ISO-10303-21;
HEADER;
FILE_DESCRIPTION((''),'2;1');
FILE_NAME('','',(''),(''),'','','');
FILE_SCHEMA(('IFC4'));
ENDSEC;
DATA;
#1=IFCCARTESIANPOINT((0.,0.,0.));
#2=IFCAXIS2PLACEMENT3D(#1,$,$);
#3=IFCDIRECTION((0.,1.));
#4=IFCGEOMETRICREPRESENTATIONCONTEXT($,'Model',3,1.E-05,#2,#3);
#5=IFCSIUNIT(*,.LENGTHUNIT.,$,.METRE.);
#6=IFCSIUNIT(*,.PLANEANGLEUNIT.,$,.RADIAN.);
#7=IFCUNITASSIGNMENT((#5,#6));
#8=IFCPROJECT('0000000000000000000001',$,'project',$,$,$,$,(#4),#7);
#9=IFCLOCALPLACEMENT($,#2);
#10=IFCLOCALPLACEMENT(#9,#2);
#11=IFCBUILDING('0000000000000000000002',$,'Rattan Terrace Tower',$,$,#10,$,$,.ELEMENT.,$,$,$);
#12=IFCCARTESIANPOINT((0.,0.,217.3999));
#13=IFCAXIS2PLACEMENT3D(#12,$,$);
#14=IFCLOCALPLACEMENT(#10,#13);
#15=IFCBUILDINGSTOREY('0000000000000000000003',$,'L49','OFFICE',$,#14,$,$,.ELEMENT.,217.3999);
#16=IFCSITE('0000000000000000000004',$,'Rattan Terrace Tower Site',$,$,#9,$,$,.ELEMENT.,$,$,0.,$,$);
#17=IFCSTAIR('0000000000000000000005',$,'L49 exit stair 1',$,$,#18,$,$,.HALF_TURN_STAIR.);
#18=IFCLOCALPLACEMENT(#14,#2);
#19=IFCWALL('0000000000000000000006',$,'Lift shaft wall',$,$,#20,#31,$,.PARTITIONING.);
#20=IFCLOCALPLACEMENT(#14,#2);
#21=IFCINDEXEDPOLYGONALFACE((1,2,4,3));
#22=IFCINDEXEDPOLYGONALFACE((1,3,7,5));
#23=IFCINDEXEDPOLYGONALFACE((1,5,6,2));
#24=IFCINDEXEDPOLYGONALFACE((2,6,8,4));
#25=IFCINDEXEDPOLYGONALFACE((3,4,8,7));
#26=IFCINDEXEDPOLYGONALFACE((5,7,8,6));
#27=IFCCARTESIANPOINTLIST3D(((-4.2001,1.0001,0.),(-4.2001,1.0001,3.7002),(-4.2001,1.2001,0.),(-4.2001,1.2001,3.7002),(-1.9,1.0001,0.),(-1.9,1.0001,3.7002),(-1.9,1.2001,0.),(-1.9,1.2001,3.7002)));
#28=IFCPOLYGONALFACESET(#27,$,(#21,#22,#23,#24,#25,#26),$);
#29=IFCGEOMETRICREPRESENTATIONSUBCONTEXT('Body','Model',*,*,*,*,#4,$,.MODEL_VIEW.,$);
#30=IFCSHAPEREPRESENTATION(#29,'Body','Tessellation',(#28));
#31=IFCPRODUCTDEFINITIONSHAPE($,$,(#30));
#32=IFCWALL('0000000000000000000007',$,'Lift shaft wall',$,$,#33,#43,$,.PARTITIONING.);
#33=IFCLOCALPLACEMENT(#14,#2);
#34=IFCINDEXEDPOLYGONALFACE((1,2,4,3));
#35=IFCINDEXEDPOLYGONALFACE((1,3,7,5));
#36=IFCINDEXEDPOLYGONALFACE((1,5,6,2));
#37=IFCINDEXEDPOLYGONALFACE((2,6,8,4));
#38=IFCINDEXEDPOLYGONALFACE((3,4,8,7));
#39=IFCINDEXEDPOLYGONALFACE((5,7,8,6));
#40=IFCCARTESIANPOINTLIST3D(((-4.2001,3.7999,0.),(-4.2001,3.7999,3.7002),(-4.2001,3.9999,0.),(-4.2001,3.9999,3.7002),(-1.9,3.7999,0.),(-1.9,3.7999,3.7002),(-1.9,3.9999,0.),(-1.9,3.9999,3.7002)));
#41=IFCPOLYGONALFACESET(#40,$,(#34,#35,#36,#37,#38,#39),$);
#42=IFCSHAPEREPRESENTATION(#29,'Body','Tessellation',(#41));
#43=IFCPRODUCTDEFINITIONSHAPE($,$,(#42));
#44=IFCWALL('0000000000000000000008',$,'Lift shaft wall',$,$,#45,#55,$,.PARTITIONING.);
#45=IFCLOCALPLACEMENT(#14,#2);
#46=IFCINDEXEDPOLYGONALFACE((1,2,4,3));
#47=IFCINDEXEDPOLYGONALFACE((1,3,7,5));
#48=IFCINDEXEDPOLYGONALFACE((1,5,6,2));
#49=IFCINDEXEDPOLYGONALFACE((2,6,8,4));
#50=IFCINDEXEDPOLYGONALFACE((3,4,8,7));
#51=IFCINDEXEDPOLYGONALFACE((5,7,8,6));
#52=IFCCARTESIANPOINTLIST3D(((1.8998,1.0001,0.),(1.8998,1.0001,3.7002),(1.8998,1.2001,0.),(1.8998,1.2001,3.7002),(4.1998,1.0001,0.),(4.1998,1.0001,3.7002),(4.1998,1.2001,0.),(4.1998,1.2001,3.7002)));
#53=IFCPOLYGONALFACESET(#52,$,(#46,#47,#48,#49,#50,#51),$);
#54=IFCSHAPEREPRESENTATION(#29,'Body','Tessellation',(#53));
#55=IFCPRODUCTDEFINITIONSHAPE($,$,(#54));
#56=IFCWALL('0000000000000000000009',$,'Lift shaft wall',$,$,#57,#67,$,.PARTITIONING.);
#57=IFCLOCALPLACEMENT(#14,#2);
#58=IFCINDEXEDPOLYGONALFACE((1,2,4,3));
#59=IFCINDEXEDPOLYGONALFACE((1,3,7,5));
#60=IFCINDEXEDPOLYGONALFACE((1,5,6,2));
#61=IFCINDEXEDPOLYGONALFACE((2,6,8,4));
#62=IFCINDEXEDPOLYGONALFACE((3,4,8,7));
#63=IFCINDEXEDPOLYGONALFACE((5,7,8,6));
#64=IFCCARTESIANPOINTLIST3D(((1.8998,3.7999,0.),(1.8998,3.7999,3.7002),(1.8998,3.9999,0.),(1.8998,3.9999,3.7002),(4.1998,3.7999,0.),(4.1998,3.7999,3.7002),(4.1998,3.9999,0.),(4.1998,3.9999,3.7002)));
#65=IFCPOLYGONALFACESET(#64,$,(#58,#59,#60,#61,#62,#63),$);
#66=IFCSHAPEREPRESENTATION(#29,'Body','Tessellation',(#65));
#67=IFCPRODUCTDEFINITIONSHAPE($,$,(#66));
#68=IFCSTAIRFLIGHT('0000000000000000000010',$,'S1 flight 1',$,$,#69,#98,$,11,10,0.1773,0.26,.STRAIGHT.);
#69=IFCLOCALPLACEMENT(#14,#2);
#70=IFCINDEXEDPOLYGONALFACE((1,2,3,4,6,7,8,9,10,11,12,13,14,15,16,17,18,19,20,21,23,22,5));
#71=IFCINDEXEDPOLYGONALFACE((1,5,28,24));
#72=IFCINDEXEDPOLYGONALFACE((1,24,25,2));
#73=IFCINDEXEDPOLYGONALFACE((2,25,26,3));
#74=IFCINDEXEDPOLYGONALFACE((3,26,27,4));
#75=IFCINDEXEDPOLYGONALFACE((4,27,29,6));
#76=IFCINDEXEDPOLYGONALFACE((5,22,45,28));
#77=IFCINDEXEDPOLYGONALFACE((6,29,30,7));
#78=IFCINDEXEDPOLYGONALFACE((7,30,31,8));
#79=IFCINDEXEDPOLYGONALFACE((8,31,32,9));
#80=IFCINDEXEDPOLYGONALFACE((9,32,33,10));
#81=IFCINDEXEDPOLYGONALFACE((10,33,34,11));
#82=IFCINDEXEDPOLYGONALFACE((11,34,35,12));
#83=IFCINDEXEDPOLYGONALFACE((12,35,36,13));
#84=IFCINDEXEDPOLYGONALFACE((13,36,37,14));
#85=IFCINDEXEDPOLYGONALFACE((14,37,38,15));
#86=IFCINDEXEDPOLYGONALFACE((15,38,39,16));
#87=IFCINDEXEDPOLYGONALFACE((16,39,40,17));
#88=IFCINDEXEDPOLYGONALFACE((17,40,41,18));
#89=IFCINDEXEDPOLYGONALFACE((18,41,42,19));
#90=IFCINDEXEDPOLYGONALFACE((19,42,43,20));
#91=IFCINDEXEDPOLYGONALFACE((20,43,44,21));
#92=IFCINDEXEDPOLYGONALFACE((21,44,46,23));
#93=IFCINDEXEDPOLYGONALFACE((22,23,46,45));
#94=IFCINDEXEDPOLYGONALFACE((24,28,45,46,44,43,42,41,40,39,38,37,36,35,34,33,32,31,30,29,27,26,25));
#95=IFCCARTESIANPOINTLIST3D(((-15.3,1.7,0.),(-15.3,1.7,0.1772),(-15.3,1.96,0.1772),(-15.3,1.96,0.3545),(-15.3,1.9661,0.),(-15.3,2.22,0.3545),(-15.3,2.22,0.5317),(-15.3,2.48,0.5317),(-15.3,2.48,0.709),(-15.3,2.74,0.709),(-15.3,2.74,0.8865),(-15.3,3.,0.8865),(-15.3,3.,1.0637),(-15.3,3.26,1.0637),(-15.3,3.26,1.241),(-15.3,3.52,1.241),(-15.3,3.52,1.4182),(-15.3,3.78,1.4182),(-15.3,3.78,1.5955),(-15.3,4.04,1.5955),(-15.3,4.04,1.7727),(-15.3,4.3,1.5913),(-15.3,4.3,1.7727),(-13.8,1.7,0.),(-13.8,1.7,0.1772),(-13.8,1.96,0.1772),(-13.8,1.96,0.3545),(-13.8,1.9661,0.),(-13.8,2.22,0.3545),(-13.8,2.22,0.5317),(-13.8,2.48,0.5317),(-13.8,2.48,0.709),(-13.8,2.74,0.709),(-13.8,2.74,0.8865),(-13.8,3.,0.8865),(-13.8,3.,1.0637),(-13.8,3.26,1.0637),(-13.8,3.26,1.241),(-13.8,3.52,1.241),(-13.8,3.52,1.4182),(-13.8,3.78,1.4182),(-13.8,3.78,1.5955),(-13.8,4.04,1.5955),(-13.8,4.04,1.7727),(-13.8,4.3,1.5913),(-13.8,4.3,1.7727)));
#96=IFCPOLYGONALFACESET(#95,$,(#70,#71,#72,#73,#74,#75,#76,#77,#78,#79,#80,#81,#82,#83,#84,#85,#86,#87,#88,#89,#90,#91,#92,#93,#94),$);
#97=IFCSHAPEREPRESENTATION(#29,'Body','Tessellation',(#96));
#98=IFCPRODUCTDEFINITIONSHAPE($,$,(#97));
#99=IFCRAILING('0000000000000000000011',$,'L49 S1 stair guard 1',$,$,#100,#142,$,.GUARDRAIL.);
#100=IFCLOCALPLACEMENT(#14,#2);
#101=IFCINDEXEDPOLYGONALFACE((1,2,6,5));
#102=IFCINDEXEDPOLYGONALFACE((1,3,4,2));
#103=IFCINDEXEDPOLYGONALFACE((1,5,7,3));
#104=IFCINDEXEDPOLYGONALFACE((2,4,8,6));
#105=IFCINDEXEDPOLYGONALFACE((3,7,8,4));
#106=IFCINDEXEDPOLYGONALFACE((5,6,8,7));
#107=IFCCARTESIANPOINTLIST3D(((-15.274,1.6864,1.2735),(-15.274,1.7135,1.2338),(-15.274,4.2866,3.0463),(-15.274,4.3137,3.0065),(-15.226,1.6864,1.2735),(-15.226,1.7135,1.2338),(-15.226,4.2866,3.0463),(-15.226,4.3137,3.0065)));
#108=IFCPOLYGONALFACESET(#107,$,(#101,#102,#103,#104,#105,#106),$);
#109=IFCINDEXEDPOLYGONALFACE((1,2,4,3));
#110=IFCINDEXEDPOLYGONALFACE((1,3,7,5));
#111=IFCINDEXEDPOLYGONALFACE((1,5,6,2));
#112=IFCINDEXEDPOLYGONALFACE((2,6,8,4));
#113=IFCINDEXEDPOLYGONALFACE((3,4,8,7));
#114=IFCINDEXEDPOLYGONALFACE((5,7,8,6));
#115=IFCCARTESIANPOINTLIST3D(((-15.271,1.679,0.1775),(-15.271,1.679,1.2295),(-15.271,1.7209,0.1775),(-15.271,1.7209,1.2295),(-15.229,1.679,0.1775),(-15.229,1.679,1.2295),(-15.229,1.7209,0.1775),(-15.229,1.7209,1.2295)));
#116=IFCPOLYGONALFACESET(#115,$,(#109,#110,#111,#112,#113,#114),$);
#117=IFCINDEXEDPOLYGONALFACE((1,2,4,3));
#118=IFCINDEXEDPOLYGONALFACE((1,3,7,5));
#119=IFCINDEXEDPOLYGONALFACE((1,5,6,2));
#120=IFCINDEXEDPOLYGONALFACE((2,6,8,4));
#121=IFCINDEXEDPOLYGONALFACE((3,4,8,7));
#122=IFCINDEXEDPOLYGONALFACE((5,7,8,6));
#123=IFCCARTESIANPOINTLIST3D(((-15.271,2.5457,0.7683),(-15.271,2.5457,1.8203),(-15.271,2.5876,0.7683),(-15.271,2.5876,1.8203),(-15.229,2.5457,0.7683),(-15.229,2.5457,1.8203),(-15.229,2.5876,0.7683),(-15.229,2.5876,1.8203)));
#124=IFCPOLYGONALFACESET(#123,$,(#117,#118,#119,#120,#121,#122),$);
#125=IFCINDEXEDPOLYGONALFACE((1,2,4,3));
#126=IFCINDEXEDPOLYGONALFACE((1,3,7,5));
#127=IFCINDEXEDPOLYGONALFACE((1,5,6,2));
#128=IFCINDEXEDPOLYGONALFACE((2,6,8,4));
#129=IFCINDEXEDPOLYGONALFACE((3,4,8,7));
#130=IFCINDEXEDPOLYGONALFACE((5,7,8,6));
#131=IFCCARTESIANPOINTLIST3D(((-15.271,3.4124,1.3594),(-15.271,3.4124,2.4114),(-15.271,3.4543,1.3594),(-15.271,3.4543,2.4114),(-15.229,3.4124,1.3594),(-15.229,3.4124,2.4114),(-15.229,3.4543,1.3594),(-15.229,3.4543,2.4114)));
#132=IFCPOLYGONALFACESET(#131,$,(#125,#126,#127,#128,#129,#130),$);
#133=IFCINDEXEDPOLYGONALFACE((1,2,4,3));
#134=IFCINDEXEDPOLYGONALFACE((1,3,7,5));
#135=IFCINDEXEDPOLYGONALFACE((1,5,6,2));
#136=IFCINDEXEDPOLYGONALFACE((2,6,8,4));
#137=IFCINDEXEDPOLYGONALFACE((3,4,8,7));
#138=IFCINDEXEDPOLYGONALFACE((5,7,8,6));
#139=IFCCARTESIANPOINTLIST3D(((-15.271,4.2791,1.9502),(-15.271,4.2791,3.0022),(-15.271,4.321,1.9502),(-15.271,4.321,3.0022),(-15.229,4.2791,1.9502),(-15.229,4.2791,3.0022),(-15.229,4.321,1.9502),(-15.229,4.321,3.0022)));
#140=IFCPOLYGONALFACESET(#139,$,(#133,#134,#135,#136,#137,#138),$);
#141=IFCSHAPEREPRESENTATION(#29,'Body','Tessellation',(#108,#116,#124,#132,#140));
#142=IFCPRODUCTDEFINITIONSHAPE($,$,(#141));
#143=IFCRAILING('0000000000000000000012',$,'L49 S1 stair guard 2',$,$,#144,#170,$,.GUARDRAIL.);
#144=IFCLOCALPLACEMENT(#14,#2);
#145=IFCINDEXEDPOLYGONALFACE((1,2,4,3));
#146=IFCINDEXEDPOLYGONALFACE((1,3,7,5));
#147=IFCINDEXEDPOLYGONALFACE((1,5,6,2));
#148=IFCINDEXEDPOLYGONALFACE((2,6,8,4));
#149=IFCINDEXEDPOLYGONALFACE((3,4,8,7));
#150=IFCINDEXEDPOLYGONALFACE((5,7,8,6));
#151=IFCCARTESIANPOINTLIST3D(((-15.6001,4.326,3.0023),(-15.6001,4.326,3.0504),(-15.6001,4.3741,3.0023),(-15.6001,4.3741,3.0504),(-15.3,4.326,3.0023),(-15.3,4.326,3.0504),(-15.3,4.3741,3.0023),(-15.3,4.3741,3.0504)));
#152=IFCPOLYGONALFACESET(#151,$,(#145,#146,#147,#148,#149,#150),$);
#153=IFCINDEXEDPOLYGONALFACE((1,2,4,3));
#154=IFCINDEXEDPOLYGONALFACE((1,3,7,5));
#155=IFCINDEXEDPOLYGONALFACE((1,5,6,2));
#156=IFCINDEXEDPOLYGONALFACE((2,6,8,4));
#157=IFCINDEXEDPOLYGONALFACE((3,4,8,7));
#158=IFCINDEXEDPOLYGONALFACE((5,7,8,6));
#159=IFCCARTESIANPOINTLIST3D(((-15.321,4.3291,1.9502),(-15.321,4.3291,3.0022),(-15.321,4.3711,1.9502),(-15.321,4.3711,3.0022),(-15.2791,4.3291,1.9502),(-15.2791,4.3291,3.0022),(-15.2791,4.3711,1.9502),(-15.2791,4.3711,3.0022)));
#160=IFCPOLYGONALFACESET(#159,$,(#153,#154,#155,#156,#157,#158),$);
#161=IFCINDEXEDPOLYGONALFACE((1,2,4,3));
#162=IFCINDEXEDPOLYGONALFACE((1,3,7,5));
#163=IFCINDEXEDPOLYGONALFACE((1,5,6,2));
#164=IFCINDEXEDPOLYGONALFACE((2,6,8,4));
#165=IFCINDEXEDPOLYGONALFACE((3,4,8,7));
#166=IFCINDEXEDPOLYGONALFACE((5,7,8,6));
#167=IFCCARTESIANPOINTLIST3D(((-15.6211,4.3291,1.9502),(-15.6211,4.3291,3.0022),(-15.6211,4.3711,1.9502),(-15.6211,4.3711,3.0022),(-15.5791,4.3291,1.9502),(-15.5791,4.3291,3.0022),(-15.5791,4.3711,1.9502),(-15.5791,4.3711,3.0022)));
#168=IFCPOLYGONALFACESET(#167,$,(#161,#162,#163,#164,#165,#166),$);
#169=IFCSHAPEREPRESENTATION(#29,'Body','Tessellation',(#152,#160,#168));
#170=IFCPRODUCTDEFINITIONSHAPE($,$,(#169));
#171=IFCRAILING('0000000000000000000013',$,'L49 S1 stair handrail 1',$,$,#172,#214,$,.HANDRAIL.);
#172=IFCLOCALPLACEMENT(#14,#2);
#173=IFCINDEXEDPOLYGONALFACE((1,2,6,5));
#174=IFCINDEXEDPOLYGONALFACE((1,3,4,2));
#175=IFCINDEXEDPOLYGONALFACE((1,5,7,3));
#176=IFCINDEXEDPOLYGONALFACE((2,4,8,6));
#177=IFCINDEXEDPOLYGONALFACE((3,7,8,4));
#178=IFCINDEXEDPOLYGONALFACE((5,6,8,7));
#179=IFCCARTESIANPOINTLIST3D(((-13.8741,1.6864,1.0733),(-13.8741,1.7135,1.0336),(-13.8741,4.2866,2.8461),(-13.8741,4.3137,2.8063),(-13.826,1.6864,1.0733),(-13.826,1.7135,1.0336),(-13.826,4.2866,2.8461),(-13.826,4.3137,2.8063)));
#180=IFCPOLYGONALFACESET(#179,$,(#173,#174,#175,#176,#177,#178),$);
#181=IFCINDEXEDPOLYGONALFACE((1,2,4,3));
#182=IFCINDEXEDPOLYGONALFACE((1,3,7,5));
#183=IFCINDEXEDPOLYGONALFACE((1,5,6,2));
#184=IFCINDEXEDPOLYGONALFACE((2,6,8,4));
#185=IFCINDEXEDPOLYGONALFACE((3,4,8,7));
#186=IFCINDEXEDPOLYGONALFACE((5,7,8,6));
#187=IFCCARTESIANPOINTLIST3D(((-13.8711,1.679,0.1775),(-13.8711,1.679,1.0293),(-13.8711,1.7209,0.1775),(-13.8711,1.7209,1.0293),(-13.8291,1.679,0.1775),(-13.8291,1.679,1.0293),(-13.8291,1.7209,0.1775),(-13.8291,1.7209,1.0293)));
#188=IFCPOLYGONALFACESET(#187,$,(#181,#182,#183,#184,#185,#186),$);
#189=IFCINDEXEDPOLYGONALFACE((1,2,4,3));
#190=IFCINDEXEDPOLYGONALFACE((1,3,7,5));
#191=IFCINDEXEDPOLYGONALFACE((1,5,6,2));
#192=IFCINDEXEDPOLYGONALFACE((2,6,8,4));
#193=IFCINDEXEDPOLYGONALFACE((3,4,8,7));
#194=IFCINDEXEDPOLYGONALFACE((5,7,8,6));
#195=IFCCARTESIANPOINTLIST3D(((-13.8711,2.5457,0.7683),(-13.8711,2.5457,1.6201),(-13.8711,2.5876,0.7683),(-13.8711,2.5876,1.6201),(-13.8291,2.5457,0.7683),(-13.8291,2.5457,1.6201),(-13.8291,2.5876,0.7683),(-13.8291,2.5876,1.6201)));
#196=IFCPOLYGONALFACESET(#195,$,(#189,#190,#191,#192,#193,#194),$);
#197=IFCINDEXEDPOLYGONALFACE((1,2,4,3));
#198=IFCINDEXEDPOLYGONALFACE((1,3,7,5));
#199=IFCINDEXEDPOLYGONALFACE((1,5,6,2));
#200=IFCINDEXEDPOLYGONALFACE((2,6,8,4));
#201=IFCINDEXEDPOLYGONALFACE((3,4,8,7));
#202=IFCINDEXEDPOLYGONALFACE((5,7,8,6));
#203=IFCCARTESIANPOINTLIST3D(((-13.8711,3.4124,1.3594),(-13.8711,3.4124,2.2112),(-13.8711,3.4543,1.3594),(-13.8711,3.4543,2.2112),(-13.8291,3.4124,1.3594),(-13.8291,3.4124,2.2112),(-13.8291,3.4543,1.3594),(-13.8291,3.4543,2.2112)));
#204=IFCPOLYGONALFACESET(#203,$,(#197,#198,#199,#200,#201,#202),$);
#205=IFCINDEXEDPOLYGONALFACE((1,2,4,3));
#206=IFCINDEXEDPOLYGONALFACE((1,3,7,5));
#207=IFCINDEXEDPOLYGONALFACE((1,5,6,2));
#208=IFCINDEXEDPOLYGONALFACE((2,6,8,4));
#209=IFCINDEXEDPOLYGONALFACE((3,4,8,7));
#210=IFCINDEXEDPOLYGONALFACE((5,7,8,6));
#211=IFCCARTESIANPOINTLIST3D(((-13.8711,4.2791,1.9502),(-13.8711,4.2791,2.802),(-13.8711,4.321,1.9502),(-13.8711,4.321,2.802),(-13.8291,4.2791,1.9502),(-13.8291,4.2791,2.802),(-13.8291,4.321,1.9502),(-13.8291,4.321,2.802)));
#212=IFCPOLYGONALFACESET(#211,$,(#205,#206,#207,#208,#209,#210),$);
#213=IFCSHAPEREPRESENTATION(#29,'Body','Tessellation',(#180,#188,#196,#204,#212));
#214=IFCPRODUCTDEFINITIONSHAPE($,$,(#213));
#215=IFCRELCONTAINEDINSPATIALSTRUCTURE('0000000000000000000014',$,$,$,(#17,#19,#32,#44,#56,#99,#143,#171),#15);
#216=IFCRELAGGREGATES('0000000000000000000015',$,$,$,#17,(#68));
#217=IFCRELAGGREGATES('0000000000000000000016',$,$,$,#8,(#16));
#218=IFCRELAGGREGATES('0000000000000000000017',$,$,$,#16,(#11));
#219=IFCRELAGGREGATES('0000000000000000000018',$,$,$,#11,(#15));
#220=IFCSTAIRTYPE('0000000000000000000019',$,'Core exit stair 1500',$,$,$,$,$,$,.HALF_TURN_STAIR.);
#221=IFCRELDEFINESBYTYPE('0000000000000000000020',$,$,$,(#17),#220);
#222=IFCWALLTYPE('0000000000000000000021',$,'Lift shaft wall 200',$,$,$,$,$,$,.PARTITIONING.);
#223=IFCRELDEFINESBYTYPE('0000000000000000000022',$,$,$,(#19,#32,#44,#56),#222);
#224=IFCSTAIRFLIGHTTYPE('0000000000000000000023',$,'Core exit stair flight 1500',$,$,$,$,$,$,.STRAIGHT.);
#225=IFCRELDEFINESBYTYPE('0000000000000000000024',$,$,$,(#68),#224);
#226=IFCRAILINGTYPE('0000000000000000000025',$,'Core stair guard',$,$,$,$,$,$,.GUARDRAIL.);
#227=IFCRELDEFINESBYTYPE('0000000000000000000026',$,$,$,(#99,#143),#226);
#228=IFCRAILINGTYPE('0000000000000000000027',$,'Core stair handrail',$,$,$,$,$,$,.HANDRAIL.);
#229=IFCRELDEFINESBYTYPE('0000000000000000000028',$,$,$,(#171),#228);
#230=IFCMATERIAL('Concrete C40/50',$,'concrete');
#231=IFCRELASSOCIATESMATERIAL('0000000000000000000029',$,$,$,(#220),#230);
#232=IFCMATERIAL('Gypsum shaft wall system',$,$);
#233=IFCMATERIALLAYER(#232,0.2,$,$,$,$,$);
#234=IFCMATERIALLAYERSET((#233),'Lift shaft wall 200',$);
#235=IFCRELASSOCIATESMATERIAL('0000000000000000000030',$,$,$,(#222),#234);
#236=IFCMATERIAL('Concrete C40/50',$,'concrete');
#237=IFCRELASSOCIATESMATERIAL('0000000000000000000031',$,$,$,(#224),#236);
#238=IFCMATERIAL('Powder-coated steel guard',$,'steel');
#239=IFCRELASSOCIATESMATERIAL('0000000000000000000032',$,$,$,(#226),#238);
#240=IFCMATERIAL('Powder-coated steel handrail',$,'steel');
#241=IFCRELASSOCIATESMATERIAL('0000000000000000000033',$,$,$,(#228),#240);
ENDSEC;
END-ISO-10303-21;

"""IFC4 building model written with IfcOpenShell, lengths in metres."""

from ifc_helpers import new_model, si_unit, direction, frame, frame_2d, origin, origin_2d, place, context, subcontext, project, spatial, polyline, rectangle, outline, extrude, material, layer, layer_set, type_object, element, aggregate, save


model = new_model("IFC4")

# Units and contexts
model_context = context("Model", 3, precision=1e-05, world=origin(), true_north=direction((0.0, 1.0)))
body_context = subcontext(model_context, "Body", "Model", "MODEL_VIEW")
ifc_project = project(units=[si_unit("LENGTHUNIT", "METRE"), si_unit("PLANEANGLEUNIT", "RADIAN")], contexts=[model_context])

# Site, building, storey
site_placement = place(None, origin())
site = spatial("IfcSite", under=ifc_project, at=site_placement, Name="Rattan Terrace Tower Site", CompositionType="ELEMENT", RefElevation=0.0)
building_placement = place(site_placement, origin())
building = spatial("IfcBuilding", under=site, at=building_placement, Name="Rattan Terrace Tower", CompositionType="ELEMENT")
storey_placement = place(building_placement, frame((0.0, 0.0, 217.3999)))
storey = spatial("IfcBuildingStorey", under=building, at=storey_placement, Name="L49", Description="OFFICE", CompositionType="ELEMENT", Elevation=217.3999)

# Stair
ifc_material_1 = material(Name="Concrete C40/50", Category="concrete")
stair_type = type_object("IfcStairType", Name="Core exit stair 1500", PredefinedType="HALF_TURN_STAIR", material=ifc_material_1)
stair_1_placement = place(storey_placement, origin())
stair_1 = element("IfcStair", 1, at=stair_1_placement, inside=storey, type_object=stair_type, Name="L49 exit stair 1", PredefinedType="HALF_TURN_STAIR")

# Walls
ifc_material_2 = material(Name="Gypsum shaft wall system")
ifc_layer_1 = layer(ifc_material_2, 0.2)
ifc_layer_set_1 = layer_set([ifc_layer_1], Name="Lift shaft wall 200")
wall_type_1 = type_object("IfcWallType", Name="Lift shaft wall 200", PredefinedType="PARTITIONING", material=ifc_layer_set_1)
for number, where, z_axis, x_axis, name in (
    (2, (-4.2, 1.1001, 0.0), (0.0, 0.0, 1.0), (1.0, 0.0, 0.0), "Lift shaft wall"),
    (3, (-4.2, 3.8999, 0.0), (0.0, 0.0, 1.0), (1.0, 0.0, 0.0), "Lift shaft wall"),
    (4, (1.8999, 1.1001, 0.0), (0.0, 0.0, 1.0), (1.0, 0.0, 0.0), "Lift shaft wall"),
    (5, (1.8999, 3.8999, 0.0), (0.0, 0.0, 1.0), (1.0, 0.0, 0.0), "Lift shaft wall"),
):
    element("IfcWall", number, at=place(storey_placement, frame(where, z_axis=z_axis, x_axis=x_axis)), inside=storey, type_object=wall_type_1, Name=name, PredefinedType="PARTITIONING", context=body_context, shape_type="SweptSolid", body=[
        extrude(rectangle(XDim=2.3, YDim=0.2, at=frame_2d((1.1499, 0.0))), origin(), (0.0, 0.0, 1.0), 3.7002),
    ])

# Stair flight
ifc_material_3 = material(Name="Concrete C40/50", Category="concrete")
stair_flight_type = type_object("IfcStairFlightType", Name="Core exit stair flight 1500", PredefinedType="STRAIGHT", material=ifc_material_3)
stair_flight_placement = place(storey_placement, frame((-14.55, 1.7, 0.0), z_axis=(0.0, 0.0, 1.0), x_axis=(0.0, 1.0, 0.0)))
stair_flight = element("IfcStairFlight", 6, at=stair_flight_placement, type_object=stair_flight_type, Name="S1 flight 1", NumberOfRisers=11, NumberOfTreads=10, PredefinedType="STRAIGHT", RiserHeight=0.1773, TreadLength=0.26, context=body_context, shape_type="SweptSolid", body=[
    extrude(outline(polyline([(0.0, 0.0), (0.0, 0.1772), (0.26, 0.1772), (0.26, 0.3545), (0.52, 0.3545), (0.52, 0.5317), (0.78, 0.5317), (0.78, 0.709), (1.04, 0.709), (1.04, 0.8865), (1.3, 0.8865), (1.3, 1.0637), (1.5601, 1.0637), (1.5601, 1.241), (1.8201, 1.241), (1.8201, 1.4182), (2.0801, 1.4182), (2.0801, 1.5955), (2.3401, 1.5955), (2.3401, 1.7727), (2.6001, 1.7727), (2.6001, 1.95), (2.6001, 1.5913), (0.2661, 0.0), (0.0, 0.0)])), frame((0.0, 0.75, 0.0), z_axis=(0.0, -1.0, 0.0), x_axis=(1.0, 0.0, 0.0)), (0.0, 0.0, 1.0), 1.5),
])
aggregate(stair_1, [stair_flight])

# Railings
ifc_material_4 = material(Name="Powder-coated steel guard", Category="steel")
railing_type_1 = type_object("IfcRailingType", Name="Core stair guard", PredefinedType="GUARDRAIL", material=ifc_material_4)
railing_1_placement = place(storey_placement, frame((-15.25, 1.7, 0.1775)))
element("IfcRailing", 7, at=railing_1_placement, inside=storey, type_object=railing_type_1, Name="L49 S1 stair guard 1", PredefinedType="GUARDRAIL", context=body_context, shape_type="SweptSolid", body=[
    extrude(rectangle(XDim=0.0481, YDim=0.0481, at=origin_2d()), frame((0.0, 0.0, 1.0762), z_axis=(0.0, 0.82624, 0.563318), x_axis=(-1.0, 0.0, 0.0)), (0.0, 0.0, 1.0), 3.147),
    extrude(rectangle(XDim=0.042, YDim=0.042, at=origin_2d()), origin(), (0.0, 0.0, 1.0), 1.052),
    extrude(rectangle(XDim=0.042, YDim=0.042, at=origin_2d()), frame((0.0, 0.8667, 0.5908)), (0.0, 0.0, 1.0), 1.052),
    extrude(rectangle(XDim=0.042, YDim=0.042, at=origin_2d()), frame((0.0, 1.7334, 1.1819)), (0.0, 0.0, 1.0), 1.052),
    extrude(rectangle(XDim=0.042, YDim=0.042, at=origin_2d()), frame((0.0, 2.6001, 1.7727)), (0.0, 0.0, 1.0), 1.052),
])
railing_2_placement = place(storey_placement, frame((-15.3, 4.3501, 1.9502)))
element("IfcRailing", 8, at=railing_2_placement, inside=storey, type_object=railing_type_1, Name="L49 S1 stair guard 2", PredefinedType="GUARDRAIL", context=body_context, shape_type="SweptSolid", body=[
    extrude(rectangle(XDim=0.0481, YDim=0.0481, at=origin_2d()), frame((0.0, 0.0, 1.0762), z_axis=(-1.0, 0.0, 0.0), x_axis=(0.0, -1.0, 0.0)), (0.0, 0.0, 1.0), 0.3),
    extrude(rectangle(XDim=0.042, YDim=0.042, at=origin_2d()), origin(), (0.0, 0.0, 1.0), 1.052),
    extrude(rectangle(XDim=0.042, YDim=0.042, at=origin_2d()), frame((-0.3, 0.0, 0.0)), (0.0, 0.0, 1.0), 1.052),
])
ifc_material_5 = material(Name="Powder-coated steel handrail", Category="steel")
railing_type_2 = type_object("IfcRailingType", Name="Core stair handrail", PredefinedType="HANDRAIL", material=ifc_material_5)
railing_3_placement = place(storey_placement, frame((-13.8501, 1.7, 0.1775)))
element("IfcRailing", 9, at=railing_3_placement, inside=storey, type_object=railing_type_2, Name="L49 S1 stair handrail 1", PredefinedType="HANDRAIL", context=body_context, shape_type="SweptSolid", body=[
    extrude(rectangle(XDim=0.0481, YDim=0.0481, at=origin_2d()), frame((0.0, 0.0, 0.876), z_axis=(0.0, 0.82624, 0.563318), x_axis=(-1.0, 0.0, 0.0)), (0.0, 0.0, 1.0), 3.147),
    extrude(rectangle(XDim=0.042, YDim=0.042, at=origin_2d()), origin(), (0.0, 0.0, 1.0), 0.8518),
    extrude(rectangle(XDim=0.042, YDim=0.042, at=origin_2d()), frame((0.0, 0.8667, 0.5908)), (0.0, 0.0, 1.0), 0.8518),
    extrude(rectangle(XDim=0.042, YDim=0.042, at=origin_2d()), frame((0.0, 1.7334, 1.1819)), (0.0, 0.0, 1.0), 0.8518),
    extrude(rectangle(XDim=0.042, YDim=0.042, at=origin_2d()), frame((0.0, 2.6001, 1.7727)), (0.0, 0.0, 1.0), 0.8518),
])

save(model, "model.ifc")
